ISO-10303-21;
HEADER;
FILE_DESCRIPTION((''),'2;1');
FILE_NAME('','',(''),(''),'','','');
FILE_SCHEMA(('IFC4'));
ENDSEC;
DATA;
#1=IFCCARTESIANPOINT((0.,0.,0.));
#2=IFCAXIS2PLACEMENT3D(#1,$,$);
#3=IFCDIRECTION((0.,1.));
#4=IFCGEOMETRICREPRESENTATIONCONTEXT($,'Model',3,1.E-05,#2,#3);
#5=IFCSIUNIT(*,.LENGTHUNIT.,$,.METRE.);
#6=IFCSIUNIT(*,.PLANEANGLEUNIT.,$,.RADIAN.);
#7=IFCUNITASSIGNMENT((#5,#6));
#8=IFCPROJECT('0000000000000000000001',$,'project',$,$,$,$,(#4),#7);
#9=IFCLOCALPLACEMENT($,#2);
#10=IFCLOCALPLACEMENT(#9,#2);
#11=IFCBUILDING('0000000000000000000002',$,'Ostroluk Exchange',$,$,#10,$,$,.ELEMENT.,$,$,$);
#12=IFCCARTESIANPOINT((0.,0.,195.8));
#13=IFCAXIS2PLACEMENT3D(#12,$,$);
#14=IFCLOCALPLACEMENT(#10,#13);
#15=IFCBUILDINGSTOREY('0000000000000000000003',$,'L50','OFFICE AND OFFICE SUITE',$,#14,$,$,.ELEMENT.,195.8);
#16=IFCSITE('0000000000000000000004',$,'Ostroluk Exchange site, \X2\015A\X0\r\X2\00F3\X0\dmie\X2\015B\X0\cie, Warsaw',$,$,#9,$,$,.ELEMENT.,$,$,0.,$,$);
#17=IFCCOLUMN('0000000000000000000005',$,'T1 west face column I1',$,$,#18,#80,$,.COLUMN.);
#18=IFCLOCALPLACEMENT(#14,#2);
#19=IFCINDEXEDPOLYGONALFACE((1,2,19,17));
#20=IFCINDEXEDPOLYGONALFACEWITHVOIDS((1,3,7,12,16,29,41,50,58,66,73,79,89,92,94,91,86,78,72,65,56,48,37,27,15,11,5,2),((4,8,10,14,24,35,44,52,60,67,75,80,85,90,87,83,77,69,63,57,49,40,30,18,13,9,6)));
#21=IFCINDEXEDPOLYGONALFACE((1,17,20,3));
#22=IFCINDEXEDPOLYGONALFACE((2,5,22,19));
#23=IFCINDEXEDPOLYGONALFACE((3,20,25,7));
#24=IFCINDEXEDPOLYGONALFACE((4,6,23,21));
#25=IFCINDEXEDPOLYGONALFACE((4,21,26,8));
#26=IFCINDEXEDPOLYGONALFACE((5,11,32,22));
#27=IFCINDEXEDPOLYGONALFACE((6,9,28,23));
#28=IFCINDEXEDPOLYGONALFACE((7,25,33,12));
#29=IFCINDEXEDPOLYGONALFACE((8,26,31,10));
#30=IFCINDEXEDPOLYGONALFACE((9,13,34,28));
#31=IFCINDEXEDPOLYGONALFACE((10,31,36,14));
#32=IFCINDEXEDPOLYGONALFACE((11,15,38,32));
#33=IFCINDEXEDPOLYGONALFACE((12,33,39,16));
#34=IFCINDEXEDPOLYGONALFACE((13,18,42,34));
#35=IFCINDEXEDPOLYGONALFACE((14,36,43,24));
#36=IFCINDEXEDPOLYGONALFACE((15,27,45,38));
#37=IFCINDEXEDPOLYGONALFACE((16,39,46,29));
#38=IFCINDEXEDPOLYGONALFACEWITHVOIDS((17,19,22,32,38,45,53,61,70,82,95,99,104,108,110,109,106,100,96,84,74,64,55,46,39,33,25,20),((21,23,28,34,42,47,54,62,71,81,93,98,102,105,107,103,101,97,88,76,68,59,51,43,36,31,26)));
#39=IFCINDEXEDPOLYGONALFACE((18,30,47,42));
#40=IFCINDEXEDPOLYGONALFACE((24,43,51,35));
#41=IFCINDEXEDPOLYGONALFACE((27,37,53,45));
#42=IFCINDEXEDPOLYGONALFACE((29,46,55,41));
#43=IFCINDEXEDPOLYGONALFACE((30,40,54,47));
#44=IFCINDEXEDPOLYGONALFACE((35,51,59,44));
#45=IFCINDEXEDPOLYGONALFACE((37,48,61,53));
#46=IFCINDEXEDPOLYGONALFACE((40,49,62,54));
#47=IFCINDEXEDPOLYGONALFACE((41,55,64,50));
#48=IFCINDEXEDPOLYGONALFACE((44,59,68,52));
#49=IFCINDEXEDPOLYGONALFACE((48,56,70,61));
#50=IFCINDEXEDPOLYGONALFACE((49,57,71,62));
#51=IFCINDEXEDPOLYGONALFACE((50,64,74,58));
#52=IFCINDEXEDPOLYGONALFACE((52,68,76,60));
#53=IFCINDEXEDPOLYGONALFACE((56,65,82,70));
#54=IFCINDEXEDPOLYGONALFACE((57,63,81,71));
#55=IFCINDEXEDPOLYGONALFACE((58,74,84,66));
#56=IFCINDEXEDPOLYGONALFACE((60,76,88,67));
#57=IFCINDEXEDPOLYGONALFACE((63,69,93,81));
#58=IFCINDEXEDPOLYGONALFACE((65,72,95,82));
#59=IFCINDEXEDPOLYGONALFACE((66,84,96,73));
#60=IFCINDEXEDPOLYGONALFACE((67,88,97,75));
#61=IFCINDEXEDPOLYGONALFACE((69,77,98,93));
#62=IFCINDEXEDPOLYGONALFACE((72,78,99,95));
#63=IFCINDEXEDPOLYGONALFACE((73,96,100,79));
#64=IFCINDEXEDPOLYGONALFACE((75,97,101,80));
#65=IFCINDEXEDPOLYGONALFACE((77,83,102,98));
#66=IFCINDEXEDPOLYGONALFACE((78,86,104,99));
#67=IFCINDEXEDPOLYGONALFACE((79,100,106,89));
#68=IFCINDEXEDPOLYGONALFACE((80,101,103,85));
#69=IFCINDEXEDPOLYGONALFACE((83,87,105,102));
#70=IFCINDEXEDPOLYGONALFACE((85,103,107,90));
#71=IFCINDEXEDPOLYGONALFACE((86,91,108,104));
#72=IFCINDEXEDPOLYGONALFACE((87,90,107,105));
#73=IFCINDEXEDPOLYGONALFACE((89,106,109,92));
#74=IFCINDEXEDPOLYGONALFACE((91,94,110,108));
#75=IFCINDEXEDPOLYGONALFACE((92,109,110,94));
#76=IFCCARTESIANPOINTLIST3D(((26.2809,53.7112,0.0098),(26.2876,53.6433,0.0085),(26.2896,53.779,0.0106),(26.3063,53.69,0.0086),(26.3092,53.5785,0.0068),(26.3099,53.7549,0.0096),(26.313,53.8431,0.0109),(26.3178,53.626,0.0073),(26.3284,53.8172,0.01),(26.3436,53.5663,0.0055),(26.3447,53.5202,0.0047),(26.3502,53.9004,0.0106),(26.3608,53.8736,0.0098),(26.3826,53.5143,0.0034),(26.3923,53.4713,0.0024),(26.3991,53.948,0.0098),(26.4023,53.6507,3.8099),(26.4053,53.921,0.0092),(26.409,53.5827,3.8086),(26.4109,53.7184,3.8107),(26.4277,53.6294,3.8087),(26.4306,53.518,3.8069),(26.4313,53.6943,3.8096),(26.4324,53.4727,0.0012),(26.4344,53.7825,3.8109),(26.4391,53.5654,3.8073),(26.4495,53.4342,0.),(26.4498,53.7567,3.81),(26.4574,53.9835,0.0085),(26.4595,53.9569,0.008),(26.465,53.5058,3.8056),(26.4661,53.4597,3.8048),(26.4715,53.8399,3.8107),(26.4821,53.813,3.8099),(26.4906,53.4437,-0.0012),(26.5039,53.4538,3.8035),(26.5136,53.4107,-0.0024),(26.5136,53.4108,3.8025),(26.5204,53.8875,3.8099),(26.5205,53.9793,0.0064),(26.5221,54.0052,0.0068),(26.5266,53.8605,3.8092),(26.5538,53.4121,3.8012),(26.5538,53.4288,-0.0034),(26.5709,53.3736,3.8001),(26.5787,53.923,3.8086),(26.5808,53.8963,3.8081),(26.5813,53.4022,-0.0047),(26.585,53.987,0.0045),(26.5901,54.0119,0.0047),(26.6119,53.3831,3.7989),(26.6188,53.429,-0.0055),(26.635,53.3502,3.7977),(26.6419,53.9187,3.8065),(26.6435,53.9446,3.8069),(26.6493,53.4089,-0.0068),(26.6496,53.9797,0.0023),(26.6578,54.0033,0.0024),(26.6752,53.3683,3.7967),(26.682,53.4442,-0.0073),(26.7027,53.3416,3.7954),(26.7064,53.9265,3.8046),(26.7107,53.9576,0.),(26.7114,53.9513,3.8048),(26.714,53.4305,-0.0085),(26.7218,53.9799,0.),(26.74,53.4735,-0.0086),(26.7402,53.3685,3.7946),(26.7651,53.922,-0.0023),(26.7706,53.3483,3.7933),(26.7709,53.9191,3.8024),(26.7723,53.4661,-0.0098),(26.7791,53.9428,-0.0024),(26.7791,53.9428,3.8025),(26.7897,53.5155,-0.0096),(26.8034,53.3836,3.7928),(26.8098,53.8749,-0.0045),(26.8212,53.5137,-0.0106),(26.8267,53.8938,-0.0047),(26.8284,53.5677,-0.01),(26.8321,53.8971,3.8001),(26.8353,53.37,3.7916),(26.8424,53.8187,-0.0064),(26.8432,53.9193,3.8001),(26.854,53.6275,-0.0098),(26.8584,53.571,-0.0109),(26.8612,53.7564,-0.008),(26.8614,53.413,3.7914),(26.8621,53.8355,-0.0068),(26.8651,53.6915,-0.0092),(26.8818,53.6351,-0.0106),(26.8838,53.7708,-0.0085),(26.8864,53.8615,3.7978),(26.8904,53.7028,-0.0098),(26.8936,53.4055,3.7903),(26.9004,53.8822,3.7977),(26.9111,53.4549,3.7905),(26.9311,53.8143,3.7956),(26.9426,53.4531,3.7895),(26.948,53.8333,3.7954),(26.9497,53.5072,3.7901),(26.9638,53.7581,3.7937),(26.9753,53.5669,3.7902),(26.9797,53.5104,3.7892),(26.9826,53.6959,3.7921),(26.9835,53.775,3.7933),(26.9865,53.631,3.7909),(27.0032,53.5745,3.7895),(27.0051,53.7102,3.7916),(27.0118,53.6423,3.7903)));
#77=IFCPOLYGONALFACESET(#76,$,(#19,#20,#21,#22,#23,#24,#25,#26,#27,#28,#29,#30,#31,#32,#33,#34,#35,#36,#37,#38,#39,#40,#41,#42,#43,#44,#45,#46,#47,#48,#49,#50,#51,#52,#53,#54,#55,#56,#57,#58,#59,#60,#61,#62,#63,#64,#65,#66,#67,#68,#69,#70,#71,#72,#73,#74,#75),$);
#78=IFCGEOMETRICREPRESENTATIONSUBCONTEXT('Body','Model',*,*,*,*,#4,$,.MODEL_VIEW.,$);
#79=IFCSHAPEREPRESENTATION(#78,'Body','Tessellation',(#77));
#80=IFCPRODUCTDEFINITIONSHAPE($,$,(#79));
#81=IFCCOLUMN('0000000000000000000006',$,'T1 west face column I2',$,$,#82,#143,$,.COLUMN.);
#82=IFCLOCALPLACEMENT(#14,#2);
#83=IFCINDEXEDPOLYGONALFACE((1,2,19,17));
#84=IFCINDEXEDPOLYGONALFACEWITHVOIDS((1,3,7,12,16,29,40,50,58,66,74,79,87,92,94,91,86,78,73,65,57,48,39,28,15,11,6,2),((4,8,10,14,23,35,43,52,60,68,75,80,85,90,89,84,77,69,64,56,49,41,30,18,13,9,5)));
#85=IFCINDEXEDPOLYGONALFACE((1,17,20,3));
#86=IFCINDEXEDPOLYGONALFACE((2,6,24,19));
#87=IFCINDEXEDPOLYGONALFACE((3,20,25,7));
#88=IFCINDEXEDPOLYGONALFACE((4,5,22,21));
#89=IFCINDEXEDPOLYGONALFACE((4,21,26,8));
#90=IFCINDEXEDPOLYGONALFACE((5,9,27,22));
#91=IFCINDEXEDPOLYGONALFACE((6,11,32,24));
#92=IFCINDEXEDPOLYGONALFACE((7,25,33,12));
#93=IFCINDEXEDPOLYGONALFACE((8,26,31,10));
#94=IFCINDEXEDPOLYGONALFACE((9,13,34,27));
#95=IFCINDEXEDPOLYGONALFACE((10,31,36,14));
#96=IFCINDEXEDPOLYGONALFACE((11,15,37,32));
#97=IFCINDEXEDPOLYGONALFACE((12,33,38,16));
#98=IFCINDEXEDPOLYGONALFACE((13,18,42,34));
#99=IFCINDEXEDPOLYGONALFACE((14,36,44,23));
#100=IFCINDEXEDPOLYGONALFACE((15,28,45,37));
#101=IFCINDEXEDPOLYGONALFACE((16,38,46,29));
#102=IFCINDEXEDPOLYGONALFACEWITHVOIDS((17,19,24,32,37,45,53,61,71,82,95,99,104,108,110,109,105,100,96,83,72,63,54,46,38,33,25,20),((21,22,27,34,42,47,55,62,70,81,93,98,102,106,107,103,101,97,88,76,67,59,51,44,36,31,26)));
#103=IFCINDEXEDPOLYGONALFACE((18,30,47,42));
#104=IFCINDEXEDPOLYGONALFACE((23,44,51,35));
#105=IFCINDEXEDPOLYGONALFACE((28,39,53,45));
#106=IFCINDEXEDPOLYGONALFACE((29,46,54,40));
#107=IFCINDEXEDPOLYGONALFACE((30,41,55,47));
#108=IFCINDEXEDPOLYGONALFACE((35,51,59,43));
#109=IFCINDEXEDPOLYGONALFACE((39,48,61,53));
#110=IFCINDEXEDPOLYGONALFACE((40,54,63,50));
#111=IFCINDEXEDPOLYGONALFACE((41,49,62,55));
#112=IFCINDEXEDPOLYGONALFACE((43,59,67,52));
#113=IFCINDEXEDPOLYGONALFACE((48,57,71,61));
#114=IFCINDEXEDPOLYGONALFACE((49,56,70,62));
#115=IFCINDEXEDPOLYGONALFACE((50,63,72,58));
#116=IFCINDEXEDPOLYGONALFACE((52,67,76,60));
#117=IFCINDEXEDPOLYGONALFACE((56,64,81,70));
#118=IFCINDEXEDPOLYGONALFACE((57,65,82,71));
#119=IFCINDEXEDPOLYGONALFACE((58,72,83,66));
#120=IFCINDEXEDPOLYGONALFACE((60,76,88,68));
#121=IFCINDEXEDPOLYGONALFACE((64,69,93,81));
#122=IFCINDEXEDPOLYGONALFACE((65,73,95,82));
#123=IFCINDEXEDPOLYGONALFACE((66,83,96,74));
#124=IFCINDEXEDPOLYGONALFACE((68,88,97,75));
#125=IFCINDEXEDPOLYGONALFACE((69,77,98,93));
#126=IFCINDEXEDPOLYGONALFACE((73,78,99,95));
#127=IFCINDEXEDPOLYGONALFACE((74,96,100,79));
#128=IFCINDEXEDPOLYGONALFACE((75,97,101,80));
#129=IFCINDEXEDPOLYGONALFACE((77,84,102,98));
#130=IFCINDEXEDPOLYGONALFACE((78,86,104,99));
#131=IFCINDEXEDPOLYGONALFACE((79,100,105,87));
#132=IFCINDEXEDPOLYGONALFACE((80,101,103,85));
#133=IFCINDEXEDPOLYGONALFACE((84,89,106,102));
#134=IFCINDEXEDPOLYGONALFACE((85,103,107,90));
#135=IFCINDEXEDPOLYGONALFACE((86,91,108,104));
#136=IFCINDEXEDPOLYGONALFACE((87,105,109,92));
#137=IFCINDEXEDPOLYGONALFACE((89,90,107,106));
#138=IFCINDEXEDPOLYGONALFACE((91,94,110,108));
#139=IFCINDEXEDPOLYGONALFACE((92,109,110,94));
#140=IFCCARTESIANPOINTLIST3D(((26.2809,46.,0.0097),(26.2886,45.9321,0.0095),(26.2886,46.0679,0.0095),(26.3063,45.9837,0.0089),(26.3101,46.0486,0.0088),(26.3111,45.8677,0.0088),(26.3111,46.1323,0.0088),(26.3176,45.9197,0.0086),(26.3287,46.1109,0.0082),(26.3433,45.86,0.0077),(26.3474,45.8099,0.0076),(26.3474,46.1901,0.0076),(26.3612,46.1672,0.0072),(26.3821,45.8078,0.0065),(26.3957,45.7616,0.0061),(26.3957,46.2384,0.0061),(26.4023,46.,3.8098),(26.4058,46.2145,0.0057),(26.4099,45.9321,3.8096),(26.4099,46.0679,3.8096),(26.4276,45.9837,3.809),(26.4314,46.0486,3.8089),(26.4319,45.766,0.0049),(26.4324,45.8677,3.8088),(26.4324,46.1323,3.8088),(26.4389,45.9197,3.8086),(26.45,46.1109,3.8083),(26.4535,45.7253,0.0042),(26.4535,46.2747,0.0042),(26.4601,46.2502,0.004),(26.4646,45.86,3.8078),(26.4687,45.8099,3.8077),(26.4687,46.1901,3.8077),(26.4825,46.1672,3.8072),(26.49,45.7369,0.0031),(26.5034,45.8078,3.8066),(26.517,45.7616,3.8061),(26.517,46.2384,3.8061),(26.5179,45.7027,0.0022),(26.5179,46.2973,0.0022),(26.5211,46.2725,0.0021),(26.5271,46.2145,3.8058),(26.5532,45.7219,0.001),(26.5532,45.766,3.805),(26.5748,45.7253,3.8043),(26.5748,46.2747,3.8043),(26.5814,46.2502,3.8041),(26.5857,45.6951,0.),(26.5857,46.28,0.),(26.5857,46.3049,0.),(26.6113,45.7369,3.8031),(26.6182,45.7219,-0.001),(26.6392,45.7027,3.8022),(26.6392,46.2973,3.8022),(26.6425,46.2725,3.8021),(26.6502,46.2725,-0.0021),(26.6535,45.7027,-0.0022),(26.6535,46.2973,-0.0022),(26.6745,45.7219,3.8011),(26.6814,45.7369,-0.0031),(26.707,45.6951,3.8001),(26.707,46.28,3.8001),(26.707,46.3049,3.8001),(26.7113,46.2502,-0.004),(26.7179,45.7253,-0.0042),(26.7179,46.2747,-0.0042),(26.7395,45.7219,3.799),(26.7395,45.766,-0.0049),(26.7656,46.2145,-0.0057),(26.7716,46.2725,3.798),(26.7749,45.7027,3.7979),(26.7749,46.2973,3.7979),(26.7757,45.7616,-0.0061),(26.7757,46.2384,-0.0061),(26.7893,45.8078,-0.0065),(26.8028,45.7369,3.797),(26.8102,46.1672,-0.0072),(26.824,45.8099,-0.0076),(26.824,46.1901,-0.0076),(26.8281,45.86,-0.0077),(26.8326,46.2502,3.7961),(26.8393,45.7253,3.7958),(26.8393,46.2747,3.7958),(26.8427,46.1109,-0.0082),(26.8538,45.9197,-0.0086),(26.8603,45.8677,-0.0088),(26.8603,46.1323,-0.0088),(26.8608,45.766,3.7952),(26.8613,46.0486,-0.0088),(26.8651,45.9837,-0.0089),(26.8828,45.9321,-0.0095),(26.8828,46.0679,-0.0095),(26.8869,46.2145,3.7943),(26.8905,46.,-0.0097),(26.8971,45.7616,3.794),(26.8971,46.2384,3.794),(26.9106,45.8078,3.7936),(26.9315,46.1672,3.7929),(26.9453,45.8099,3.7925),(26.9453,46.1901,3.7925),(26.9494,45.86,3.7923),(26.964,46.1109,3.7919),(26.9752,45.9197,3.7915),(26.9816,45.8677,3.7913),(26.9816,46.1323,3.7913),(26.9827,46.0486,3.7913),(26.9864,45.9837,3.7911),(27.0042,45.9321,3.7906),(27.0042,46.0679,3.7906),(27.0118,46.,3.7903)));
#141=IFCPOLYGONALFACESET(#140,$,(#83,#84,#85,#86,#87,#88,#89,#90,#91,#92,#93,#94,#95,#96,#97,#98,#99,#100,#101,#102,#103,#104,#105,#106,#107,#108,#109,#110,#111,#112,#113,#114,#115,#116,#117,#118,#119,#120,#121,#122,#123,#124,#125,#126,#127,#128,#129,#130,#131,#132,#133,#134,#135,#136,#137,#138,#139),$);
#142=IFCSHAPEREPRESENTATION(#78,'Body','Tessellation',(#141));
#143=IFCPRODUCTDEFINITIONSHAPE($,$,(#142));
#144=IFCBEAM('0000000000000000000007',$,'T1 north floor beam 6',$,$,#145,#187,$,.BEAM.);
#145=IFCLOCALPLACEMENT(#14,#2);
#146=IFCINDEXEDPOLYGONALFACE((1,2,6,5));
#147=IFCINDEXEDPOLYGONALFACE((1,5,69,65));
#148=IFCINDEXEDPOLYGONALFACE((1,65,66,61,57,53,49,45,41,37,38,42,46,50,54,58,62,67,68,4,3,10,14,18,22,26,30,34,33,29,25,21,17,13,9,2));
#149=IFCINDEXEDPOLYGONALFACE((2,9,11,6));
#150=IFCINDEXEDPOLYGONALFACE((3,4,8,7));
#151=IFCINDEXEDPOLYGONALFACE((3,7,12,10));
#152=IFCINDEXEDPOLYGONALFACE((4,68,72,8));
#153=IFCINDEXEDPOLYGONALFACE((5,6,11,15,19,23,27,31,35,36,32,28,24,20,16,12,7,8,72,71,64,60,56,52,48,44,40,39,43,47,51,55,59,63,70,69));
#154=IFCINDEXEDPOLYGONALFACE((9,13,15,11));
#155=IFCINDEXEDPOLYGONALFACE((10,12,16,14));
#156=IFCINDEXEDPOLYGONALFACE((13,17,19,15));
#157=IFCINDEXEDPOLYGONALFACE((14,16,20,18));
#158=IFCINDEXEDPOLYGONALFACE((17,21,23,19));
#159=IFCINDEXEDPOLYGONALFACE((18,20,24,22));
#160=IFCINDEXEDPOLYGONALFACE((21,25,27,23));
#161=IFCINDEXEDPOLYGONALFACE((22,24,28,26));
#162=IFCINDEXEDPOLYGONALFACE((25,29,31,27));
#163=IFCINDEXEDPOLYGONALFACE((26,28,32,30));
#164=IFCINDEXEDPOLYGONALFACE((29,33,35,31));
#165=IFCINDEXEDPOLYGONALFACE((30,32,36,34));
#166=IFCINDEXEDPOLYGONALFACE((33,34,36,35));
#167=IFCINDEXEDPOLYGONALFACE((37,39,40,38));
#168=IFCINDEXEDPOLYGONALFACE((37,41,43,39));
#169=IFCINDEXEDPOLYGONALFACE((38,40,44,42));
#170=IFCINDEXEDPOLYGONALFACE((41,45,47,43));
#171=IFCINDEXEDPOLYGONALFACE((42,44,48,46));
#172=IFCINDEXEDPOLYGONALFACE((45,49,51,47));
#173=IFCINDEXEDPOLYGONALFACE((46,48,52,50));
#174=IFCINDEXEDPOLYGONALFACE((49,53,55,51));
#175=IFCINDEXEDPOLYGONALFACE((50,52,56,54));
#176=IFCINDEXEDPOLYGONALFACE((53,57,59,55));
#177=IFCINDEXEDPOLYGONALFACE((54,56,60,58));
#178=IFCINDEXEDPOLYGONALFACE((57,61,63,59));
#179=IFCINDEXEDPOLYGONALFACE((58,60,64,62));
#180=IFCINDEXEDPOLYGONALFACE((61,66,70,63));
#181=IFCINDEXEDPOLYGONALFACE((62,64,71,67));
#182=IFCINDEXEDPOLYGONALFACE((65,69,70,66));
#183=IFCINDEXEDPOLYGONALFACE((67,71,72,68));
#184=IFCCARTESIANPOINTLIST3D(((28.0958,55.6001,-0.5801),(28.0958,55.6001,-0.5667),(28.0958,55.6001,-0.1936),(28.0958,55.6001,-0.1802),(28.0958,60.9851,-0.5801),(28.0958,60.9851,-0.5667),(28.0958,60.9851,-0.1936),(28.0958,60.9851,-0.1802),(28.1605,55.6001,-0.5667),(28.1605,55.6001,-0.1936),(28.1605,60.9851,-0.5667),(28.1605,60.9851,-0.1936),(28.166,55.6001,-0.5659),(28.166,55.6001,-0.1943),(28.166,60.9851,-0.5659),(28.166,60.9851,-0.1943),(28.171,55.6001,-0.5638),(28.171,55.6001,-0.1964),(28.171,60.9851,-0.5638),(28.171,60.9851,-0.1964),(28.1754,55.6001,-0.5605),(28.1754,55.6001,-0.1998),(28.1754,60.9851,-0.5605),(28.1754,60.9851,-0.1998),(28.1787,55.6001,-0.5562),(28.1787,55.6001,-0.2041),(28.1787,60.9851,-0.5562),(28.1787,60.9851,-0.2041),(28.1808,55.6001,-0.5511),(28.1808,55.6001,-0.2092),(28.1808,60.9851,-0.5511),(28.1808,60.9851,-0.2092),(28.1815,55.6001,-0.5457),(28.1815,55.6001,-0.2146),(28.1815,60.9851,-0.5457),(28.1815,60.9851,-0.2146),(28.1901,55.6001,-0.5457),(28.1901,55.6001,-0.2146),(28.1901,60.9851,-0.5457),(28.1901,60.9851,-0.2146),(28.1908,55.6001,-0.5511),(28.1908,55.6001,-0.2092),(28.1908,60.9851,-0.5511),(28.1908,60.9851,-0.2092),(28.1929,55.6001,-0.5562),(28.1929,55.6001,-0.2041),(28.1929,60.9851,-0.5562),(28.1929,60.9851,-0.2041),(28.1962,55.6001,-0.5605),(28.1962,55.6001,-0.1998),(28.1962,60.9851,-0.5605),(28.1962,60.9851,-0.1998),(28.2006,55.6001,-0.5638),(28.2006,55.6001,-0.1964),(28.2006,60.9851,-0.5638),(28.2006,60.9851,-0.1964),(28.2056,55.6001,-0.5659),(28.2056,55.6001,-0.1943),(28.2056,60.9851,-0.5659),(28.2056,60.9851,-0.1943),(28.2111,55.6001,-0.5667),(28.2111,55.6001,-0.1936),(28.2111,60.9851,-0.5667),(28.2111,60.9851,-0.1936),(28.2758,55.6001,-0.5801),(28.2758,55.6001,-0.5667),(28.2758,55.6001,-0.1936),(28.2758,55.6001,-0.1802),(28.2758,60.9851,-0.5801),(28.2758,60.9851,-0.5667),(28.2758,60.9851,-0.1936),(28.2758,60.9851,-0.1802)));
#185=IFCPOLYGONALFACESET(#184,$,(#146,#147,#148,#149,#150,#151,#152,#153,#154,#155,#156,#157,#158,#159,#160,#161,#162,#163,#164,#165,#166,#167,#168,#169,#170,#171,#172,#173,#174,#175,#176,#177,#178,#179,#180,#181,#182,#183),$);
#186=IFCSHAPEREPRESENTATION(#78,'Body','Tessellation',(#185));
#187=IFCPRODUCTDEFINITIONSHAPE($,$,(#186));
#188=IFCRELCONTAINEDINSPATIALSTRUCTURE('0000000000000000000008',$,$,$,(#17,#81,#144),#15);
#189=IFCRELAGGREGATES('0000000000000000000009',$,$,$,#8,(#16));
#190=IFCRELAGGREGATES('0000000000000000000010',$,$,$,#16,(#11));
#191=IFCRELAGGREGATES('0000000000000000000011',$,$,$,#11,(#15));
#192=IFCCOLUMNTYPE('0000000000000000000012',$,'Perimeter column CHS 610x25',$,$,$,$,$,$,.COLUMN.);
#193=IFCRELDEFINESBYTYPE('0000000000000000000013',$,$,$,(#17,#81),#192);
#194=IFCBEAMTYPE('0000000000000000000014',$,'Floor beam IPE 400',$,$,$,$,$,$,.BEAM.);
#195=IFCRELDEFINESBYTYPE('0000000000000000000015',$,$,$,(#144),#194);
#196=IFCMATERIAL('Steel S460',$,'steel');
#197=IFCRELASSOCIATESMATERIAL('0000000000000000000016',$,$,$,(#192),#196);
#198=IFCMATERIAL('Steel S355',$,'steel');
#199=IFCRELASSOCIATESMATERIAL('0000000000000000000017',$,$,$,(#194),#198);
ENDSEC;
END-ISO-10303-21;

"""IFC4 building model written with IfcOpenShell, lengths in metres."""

from ifc_helpers import new_model, si_unit, direction, frame, origin, origin_2d, place, context, subcontext, project, spatial, hollow_circle, i_section, extrude, material, material_profile, profile_set, type_object, element, save


model = new_model("IFC4")

# Units and contexts
model_context = context("Model", 3, precision=1e-05, world=origin(), true_north=direction((0.0, 1.0)))
body_context = subcontext(model_context, "Body", "Model", "MODEL_VIEW")
ifc_project = project(units=[si_unit("LENGTHUNIT", "METRE"), si_unit("PLANEANGLEUNIT", "RADIAN")], contexts=[model_context])

# Site, building, storey
site_placement = place(None, origin())
site = spatial("IfcSite", under=ifc_project, at=site_placement, Name="Ostroluk Exchange site, Śródmieście, Warsaw", CompositionType="ELEMENT", RefElevation=0.0)
building_placement = place(site_placement, origin())
building = spatial("IfcBuilding", under=site, at=building_placement, Name="Ostroluk Exchange", CompositionType="ELEMENT")
storey_placement = place(building_placement, frame((0.0, 0.0, 195.8)))
storey = spatial("IfcBuildingStorey", under=building, at=storey_placement, Name="L50", Description="OFFICE AND OFFICE SUITE", CompositionType="ELEMENT", Elevation=195.8)

# Columns
ifc_material_1 = material(Name="Steel S460", Category="steel")
ifc_material_profile_1 = material_profile(ifc_material_1, hollow_circle(Radius=0.3049, WallThickness=0.0249, at=origin_2d()), Name="CHS 610x25")
ifc_profile_set_1 = profile_set([ifc_material_profile_1], Name="Steel S460")
column_type = type_object("IfcColumnType", Name="Perimeter column CHS 610x25", PredefinedType="COLUMN", material=ifc_profile_set_1)
column_1_placement = place(storey_placement, frame((26.5857, 53.707, 0.0), z_axis=(0.03191, -0.015923, 0.999364), x_axis=(0.446493, 0.894787, 0.0)))
element("IfcColumn", 1, at=column_1_placement, inside=storey, type_object=column_type, Name="T1 west face column I1", PredefinedType="COLUMN", context=body_context, shape_type="SweptSolid", body=[
    extrude(hollow_circle(Radius=0.3049, WallThickness=0.0249, at=origin_2d()), origin(), (0.0, 0.0, 1.0), 3.8025),
])
column_2_placement = place(storey_placement, frame((26.5857, 46.0, 0.0), z_axis=(0.031914, 0.0, 0.999491), x_axis=(0.0, 1.0, 0.0)))
element("IfcColumn", 2, at=column_2_placement, inside=storey, type_object=column_type, Name="T1 west face column I2", PredefinedType="COLUMN", context=body_context, shape_type="SweptSolid", body=[
    extrude(hollow_circle(Radius=0.3049, WallThickness=0.0249, at=origin_2d()), origin(), (0.0, 0.0, 1.0), 3.802),
])

# Beam
ifc_material_2 = material(Name="Steel S355", Category="steel")
ifc_material_profile_2 = material_profile(ifc_material_2, i_section(OverallWidth=0.1799, OverallDepth=0.3999, WebThickness=0.0085, FlangeThickness=0.0134, FilletRadius=0.021, at=origin_2d()), Name="IPE 400")
ifc_profile_set_2 = profile_set([ifc_material_profile_2], Name="Steel S355")
beam_type_1 = type_object("IfcBeamType", Name="Floor beam IPE 400", PredefinedType="BEAM", material=ifc_profile_set_2)
beam_placement = place(storey_placement, frame((28.1858, 55.6001, -0.3801), z_axis=(0.0, 1.0, 0.0), x_axis=(-1.0, 0.0, 0.0)))
element("IfcBeam", 3, at=beam_placement, inside=storey, type_object=beam_type_1, Name="T1 north floor beam 6", PredefinedType="BEAM", context=body_context, shape_type="SweptSolid", body=[
    extrude(i_section(OverallWidth=0.1799, OverallDepth=0.3999, WebThickness=0.0085, FlangeThickness=0.0134, FilletRadius=0.021, at=origin_2d()), origin(), (0.0, 0.0, 1.0), 5.385),
])

save(model, "model.ifc")
